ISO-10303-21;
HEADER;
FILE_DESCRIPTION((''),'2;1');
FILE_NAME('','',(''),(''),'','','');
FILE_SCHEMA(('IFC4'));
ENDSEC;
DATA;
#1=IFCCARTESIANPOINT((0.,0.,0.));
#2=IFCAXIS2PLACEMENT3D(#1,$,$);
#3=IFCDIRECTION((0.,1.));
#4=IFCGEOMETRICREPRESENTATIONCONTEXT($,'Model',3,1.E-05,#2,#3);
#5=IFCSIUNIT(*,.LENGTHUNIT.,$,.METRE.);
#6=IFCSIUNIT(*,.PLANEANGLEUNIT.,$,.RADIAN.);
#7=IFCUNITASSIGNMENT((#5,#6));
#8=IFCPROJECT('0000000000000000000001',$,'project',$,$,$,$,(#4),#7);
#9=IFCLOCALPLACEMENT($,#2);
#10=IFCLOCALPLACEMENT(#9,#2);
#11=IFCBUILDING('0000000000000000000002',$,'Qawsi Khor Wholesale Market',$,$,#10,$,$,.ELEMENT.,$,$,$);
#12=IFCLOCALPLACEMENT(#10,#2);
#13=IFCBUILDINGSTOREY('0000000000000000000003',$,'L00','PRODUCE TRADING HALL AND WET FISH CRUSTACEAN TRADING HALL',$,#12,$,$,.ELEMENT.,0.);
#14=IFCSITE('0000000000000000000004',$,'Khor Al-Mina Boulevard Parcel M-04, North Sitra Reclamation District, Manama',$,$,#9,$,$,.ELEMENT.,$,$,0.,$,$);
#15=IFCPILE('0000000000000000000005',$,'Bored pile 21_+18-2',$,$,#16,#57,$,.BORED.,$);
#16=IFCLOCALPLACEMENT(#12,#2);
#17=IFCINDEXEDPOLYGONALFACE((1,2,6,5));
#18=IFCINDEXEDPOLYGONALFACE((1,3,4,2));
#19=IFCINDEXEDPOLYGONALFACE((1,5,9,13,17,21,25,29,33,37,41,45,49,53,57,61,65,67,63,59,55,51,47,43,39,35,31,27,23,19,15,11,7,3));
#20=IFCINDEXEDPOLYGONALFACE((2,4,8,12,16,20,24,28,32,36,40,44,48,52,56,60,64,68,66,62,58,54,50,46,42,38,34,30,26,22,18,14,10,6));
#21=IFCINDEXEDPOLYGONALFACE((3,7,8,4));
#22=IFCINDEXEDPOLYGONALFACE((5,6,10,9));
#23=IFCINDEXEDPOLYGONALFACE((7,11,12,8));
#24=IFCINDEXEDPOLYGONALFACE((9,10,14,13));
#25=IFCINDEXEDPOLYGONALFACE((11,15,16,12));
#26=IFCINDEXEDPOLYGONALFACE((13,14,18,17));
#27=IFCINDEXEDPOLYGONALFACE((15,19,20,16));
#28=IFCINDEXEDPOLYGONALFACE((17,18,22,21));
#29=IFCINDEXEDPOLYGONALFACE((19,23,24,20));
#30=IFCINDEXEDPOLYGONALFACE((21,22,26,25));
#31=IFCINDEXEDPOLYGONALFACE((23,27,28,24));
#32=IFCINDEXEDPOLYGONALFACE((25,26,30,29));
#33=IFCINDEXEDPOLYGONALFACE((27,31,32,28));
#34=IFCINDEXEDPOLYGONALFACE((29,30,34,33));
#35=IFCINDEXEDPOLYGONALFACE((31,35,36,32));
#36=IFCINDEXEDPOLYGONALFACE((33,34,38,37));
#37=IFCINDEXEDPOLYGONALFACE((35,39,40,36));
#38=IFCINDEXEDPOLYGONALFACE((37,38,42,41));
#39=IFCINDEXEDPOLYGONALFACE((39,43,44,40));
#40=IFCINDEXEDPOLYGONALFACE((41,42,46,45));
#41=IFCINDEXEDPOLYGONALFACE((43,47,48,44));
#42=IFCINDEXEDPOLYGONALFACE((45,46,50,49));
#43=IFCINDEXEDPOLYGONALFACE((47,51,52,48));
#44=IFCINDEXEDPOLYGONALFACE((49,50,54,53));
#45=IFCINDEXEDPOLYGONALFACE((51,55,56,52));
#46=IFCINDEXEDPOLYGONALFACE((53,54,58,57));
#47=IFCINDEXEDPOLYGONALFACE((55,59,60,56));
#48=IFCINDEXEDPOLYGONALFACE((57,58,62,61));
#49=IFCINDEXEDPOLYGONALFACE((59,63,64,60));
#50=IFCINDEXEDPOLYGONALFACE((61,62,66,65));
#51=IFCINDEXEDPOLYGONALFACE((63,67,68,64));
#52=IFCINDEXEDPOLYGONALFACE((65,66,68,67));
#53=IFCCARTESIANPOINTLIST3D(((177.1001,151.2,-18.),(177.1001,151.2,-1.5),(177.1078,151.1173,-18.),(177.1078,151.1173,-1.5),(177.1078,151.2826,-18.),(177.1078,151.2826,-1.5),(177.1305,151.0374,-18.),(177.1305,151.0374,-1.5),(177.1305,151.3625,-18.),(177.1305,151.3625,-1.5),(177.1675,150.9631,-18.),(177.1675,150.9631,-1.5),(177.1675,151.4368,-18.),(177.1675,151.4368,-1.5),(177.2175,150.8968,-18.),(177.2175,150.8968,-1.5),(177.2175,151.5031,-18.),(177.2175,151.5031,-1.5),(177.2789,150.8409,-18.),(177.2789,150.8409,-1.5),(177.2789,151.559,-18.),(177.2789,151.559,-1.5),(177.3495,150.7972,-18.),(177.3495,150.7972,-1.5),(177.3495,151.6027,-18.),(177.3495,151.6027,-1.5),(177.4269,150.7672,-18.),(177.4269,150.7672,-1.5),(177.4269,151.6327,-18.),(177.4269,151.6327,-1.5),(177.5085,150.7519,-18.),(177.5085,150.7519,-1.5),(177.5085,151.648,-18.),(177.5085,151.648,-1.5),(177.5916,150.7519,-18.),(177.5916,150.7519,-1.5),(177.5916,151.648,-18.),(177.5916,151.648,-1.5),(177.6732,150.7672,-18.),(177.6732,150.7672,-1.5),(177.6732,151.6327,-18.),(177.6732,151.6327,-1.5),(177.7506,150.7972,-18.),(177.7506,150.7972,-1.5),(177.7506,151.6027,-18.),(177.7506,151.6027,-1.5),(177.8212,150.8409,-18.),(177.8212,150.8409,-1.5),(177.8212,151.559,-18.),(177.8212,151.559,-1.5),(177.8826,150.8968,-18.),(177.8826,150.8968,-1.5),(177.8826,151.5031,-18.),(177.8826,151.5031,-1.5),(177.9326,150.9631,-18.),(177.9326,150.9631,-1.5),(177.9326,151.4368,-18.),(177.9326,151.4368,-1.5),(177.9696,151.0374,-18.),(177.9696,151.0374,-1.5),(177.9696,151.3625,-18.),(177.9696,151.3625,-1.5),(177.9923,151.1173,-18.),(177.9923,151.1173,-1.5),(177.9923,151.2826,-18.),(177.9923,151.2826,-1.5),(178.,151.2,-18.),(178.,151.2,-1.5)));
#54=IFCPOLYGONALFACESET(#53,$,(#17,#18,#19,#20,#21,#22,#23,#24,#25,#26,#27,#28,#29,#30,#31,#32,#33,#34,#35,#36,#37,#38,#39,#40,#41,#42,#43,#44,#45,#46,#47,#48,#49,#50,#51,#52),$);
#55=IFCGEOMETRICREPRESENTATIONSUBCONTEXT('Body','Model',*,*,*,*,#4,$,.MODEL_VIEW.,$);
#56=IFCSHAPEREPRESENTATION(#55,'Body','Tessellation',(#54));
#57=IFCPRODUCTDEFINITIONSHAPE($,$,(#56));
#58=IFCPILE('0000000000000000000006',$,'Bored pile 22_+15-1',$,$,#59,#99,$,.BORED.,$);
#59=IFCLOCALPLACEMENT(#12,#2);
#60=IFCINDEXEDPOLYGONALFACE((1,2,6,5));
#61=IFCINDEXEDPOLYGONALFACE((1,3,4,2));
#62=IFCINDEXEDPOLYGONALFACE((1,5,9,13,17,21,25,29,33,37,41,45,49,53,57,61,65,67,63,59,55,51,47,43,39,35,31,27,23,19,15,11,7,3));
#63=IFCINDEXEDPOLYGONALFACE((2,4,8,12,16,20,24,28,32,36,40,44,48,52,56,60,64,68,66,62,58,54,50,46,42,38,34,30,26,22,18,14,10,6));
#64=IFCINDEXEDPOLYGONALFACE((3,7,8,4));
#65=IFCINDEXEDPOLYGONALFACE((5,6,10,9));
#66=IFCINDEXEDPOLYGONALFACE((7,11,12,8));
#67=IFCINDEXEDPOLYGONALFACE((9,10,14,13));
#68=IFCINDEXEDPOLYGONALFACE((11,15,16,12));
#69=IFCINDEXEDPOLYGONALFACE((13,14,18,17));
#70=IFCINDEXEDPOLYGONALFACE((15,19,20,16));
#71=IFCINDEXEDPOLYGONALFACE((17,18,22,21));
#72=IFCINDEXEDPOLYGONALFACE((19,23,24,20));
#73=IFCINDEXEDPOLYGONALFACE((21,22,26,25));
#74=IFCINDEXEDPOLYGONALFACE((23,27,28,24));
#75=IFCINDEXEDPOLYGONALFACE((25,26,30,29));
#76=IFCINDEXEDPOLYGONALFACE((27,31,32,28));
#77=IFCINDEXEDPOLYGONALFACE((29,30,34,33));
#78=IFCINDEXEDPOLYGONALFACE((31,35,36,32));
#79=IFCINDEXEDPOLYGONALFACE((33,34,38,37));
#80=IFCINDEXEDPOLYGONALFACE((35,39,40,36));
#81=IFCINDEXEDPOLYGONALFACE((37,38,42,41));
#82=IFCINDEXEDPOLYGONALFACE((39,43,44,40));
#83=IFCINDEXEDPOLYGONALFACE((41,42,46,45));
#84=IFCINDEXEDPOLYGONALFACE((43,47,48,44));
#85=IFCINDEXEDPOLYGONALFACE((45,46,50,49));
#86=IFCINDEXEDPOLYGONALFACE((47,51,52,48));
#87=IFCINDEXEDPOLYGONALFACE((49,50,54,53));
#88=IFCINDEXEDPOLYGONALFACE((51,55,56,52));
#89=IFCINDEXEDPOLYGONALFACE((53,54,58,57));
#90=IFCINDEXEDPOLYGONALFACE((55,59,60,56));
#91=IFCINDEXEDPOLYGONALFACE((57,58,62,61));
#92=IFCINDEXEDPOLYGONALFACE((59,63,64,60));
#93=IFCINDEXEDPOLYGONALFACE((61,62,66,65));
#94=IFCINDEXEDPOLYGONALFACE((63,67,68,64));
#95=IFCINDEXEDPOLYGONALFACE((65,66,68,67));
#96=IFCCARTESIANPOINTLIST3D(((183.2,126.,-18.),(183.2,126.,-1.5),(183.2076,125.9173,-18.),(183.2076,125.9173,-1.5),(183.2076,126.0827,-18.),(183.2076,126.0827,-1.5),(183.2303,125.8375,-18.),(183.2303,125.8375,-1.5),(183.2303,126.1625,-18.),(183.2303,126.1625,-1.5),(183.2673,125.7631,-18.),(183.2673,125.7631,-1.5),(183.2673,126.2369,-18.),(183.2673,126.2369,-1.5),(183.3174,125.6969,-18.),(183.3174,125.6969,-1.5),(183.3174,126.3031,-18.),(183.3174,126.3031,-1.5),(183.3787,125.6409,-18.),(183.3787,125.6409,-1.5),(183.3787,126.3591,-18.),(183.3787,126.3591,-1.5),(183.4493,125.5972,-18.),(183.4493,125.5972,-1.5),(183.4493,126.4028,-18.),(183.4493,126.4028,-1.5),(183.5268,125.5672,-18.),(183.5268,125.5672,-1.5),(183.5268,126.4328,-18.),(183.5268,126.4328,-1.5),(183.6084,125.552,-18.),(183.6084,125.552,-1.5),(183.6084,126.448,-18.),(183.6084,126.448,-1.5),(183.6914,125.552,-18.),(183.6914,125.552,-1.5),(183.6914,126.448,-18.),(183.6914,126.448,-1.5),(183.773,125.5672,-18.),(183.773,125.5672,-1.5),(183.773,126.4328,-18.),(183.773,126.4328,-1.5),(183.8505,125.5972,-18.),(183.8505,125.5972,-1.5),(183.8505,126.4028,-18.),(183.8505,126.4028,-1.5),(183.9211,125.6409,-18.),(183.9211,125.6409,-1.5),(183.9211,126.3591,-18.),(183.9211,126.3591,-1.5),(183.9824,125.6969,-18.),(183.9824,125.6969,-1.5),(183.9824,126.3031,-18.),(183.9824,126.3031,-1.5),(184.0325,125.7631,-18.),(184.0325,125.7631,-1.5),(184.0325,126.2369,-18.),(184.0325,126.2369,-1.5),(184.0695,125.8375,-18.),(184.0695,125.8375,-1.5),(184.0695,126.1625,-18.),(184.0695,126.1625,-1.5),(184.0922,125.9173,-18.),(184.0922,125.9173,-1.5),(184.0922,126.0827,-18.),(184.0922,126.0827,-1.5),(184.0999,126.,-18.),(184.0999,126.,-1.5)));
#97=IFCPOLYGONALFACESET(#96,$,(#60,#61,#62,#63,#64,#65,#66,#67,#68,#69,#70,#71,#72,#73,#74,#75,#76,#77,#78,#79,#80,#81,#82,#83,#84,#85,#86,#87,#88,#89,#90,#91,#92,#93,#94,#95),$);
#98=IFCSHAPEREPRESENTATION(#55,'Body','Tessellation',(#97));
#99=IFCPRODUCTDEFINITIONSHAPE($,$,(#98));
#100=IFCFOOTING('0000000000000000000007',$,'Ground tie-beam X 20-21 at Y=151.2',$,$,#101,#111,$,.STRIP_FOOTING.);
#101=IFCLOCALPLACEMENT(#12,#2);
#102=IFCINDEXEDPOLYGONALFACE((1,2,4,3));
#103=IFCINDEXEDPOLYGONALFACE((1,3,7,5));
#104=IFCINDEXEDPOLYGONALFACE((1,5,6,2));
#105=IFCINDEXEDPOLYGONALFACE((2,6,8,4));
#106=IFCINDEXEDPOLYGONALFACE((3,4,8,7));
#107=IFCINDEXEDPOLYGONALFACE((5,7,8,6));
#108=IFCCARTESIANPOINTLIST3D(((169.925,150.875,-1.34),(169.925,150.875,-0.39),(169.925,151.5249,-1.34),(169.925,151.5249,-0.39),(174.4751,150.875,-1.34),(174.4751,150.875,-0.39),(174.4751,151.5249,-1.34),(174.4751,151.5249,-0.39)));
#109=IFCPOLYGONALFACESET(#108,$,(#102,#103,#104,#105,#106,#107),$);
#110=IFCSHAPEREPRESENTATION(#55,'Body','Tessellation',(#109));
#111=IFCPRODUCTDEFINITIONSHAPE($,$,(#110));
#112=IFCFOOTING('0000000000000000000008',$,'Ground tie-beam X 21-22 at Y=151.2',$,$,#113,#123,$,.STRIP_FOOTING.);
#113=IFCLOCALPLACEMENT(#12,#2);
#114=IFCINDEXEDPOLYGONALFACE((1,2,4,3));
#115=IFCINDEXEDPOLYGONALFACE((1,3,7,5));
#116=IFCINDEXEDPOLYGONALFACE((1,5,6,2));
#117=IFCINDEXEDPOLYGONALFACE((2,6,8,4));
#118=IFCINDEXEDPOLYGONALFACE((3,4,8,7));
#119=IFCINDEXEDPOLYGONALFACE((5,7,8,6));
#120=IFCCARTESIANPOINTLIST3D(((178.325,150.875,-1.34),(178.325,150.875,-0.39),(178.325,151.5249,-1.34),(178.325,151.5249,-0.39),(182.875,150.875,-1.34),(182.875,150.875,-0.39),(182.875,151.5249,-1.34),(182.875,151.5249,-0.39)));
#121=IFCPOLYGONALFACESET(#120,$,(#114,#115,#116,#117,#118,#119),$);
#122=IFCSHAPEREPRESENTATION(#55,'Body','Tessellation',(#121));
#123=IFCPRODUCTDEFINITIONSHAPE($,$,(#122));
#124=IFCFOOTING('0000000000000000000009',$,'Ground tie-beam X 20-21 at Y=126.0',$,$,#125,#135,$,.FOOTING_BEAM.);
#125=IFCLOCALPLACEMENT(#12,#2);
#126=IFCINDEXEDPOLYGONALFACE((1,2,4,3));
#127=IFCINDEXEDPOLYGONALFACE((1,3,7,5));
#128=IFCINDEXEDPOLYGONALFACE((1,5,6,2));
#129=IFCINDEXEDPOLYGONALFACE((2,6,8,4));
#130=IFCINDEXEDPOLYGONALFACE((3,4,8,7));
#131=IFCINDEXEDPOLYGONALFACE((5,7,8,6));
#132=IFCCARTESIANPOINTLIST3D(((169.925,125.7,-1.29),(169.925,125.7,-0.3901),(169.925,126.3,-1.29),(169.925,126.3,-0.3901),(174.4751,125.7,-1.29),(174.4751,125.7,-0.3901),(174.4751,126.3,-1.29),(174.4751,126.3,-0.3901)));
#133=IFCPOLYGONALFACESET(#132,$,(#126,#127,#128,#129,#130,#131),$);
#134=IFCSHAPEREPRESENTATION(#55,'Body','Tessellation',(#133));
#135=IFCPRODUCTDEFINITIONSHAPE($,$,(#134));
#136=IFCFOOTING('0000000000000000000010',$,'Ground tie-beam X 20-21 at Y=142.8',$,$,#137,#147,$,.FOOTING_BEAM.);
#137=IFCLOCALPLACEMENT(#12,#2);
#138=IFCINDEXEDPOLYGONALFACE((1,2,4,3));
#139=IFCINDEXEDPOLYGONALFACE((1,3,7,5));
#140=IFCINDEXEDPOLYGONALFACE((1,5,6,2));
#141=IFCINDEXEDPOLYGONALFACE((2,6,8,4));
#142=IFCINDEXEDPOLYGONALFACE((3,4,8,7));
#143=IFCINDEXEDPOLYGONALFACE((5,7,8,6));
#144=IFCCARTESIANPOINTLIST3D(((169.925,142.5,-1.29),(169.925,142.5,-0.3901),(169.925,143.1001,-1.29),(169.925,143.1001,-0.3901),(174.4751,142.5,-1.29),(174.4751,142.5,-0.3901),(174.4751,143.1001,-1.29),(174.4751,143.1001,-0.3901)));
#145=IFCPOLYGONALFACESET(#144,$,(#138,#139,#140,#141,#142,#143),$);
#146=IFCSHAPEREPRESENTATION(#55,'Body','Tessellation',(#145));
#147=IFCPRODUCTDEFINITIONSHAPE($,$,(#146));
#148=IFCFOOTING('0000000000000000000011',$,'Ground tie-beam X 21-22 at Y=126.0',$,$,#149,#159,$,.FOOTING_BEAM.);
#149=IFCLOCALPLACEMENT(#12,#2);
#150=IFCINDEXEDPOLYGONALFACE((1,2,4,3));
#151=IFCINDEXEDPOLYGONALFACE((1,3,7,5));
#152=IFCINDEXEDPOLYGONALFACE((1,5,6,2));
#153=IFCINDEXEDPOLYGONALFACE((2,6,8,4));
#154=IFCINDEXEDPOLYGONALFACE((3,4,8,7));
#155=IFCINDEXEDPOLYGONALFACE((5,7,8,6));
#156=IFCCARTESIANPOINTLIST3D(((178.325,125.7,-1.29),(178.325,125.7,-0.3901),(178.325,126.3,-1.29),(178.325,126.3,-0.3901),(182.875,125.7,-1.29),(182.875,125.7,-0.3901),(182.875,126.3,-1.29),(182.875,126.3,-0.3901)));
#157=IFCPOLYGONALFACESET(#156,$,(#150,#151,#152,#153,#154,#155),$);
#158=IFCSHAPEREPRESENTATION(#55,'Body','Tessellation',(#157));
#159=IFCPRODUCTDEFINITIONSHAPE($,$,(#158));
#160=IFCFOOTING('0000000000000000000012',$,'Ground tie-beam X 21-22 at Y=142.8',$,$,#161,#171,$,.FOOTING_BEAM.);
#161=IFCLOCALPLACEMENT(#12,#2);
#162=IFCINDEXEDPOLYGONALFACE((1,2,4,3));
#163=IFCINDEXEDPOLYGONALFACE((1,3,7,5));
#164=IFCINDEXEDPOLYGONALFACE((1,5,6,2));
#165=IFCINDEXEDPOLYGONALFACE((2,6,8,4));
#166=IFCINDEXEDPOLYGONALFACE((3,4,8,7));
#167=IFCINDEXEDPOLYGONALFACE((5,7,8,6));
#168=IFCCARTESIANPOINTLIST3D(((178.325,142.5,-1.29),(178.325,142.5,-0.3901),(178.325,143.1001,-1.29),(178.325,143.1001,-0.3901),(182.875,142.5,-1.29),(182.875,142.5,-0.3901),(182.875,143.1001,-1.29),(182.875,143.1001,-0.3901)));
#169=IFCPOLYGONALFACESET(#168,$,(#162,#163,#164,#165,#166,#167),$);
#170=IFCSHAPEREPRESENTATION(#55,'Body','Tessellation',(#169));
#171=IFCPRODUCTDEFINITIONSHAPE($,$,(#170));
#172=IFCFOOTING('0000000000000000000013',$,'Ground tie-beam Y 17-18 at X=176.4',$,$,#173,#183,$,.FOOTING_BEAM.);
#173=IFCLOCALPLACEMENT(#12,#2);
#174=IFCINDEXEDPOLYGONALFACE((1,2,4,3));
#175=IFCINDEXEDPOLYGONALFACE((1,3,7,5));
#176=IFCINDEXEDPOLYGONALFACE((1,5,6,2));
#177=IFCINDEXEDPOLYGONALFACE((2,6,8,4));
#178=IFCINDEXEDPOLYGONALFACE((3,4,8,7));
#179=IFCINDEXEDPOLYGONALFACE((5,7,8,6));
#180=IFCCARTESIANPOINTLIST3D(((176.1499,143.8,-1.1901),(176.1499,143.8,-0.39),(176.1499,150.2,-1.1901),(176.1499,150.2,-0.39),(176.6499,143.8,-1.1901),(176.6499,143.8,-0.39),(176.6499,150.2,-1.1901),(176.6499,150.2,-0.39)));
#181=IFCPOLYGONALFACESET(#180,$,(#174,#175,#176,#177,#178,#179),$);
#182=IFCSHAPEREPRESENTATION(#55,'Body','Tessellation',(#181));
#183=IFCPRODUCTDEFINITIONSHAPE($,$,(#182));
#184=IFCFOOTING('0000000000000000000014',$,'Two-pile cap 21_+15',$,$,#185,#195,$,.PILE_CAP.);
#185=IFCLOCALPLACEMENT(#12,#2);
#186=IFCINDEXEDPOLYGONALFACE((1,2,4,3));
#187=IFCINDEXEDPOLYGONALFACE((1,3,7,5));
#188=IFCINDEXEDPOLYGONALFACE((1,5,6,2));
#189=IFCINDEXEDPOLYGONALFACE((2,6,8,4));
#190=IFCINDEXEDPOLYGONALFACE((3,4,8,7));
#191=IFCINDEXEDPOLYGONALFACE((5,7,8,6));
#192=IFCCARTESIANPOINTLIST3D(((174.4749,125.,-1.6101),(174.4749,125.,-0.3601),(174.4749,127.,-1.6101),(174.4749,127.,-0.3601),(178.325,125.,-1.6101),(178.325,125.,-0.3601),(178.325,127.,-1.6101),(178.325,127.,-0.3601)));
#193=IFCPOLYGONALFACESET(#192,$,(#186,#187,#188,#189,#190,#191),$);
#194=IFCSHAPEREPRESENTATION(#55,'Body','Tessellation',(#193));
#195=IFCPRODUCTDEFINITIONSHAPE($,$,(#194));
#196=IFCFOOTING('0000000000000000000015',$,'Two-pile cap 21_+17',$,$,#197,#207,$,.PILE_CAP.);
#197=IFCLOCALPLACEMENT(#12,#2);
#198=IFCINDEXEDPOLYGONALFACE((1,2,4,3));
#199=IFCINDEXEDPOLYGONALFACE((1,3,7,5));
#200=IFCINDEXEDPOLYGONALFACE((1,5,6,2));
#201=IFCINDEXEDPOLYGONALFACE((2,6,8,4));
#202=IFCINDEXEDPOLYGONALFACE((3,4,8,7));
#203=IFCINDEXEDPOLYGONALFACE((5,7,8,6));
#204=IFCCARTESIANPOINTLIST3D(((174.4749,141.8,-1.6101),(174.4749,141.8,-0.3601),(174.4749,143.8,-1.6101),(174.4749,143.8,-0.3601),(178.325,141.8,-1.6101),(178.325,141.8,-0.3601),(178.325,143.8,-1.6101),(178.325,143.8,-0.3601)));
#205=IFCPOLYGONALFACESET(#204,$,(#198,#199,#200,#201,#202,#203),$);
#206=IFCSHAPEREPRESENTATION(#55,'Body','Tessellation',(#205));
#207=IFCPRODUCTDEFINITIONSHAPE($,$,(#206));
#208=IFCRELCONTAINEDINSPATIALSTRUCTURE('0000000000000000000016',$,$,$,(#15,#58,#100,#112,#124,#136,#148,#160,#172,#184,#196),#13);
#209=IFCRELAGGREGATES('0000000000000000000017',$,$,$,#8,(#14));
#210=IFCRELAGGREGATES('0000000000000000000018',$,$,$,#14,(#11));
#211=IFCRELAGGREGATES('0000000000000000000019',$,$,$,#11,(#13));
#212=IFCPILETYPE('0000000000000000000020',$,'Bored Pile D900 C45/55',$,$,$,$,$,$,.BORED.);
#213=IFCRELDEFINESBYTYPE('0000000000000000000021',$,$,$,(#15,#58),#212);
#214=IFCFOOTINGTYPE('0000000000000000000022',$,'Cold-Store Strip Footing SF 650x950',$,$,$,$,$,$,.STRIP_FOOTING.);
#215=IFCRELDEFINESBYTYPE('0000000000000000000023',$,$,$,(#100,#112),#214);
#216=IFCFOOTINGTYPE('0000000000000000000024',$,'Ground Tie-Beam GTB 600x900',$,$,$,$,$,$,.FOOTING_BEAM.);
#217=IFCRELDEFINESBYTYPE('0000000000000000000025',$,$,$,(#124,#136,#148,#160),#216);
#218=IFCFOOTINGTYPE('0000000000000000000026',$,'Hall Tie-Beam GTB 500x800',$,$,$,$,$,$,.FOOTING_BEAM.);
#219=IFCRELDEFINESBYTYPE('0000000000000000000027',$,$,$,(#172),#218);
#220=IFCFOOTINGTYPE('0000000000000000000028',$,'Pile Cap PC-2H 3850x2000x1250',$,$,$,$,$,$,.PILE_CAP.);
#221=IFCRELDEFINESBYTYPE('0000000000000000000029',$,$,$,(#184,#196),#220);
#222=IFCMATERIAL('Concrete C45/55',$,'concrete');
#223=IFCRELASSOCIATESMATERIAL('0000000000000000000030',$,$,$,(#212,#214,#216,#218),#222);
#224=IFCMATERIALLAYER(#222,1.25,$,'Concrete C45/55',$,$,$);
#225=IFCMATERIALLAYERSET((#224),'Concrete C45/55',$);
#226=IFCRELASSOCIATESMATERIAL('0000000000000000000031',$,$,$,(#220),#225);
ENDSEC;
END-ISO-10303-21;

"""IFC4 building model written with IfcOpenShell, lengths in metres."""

from ifc_helpers import new_model, si_unit, direction, frame, origin, origin_2d, place, context, subcontext, project, spatial, rectangle, circle, extrude, material, layer, layer_set, material_profile, profile_set, type_object, element, save


model = new_model("IFC4")

# Units and contexts
model_context = context("Model", 3, precision=1e-05, world=origin(), true_north=direction((0.0, 1.0)))
body_context = subcontext(model_context, "Body", "Model", "MODEL_VIEW")
ifc_project = project(units=[si_unit("LENGTHUNIT", "METRE"), si_unit("PLANEANGLEUNIT", "RADIAN")], contexts=[model_context])

# Site, building, storey
site_placement = place(None, origin())
site = spatial("IfcSite", under=ifc_project, at=site_placement, Name="Khor Al-Mina Boulevard Parcel M-04, North Sitra Reclamation District, Manama", CompositionType="ELEMENT", RefElevation=0.0)
building_placement = place(site_placement, origin())
building = spatial("IfcBuilding", under=site, at=building_placement, Name="Qawsi Khor Wholesale Market", CompositionType="ELEMENT")
storey_placement = place(building_placement, origin())
storey = spatial("IfcBuildingStorey", under=building, at=storey_placement, Name="L00", Description="PRODUCE TRADING HALL AND WET FISH CRUSTACEAN TRADING HALL", CompositionType="ELEMENT", Elevation=0.0)

# Piles
ifc_material_1 = material(Name="Concrete C45/55", Category="concrete")
ifc_material_profile_1 = material_profile(ifc_material_1, circle(Radius=0.45, at=origin_2d()), Name="PILE D900")
ifc_profile_set_1 = profile_set([ifc_material_profile_1], Name="Concrete C45/55")
pile_type = type_object("IfcPileType", Name="Bored Pile D900 C45/55", PredefinedType="BORED", material=ifc_profile_set_1)
for number, where, z_axis, x_axis, name in (
    (1, (177.55, 151.2, -1.5), (0.0, 0.0, -1.0), (1.0, 0.0, 0.0), "Bored pile 21_+18-2"),
    (2, (183.6499, 126.0, -1.5), (0.0, 0.0, -1.0), (1.0, 0.0, 0.0), "Bored pile 22_+15-1"),
):
    element("IfcPile", number, at=place(storey_placement, frame(where, z_axis=z_axis, x_axis=x_axis)), inside=storey, type_object=pile_type, Name=name, PredefinedType="BORED", context=body_context, shape_type="SweptSolid", body=[
        extrude(circle(Radius=0.45, at=origin_2d()), origin(), (0.0, 0.0, 1.0), 16.5),
    ])

# Footings
ifc_material_profile_2 = material_profile(ifc_material_1, rectangle(XDim=0.6499, YDim=0.95, at=origin_2d()), Name="RC 650x950")
ifc_profile_set_2 = profile_set([ifc_material_profile_2], Name="Concrete C45/55")
footing_type_1 = type_object("IfcFootingType", Name="Cold-Store Strip Footing SF 650x950", PredefinedType="STRIP_FOOTING", material=ifc_profile_set_2)
for number, where, z_axis, x_axis, name in (
    (3, (169.925, 151.2, -0.865), (1.0, 0.0, 0.0), (0.0, 1.0, 0.0), "Ground tie-beam X 20-21 at Y=151.2"),
    (4, (178.325, 151.2, -0.865), (1.0, 0.0, 0.0), (0.0, 1.0, 0.0), "Ground tie-beam X 21-22 at Y=151.2"),
):
    element("IfcFooting", number, at=place(storey_placement, frame(where, z_axis=z_axis, x_axis=x_axis)), inside=storey, type_object=footing_type_1, Name=name, PredefinedType="STRIP_FOOTING", context=body_context, shape_type="SweptSolid", body=[
        extrude(rectangle(XDim=0.6499, YDim=0.95, at=origin_2d()), origin(), (0.0, 0.0, 1.0), 4.55),
    ])
ifc_material_profile_3 = material_profile(ifc_material_1, rectangle(XDim=0.6001, YDim=0.8999, at=origin_2d()), Name="RC 600x900")
ifc_profile_set_3 = profile_set([ifc_material_profile_3], Name="Concrete C45/55")
footing_type_2 = type_object("IfcFootingType", Name="Ground Tie-Beam GTB 600x900", PredefinedType="FOOTING_BEAM", material=ifc_profile_set_3)
for number, where, z_axis, x_axis, name in (
    (5, (169.925, 126.0, -0.8401), (1.0, 0.0, 0.0), (0.0, 1.0, 0.0), "Ground tie-beam X 20-21 at Y=126.0"),
    (6, (169.925, 142.8, -0.8401), (1.0, 0.0, 0.0), (0.0, 1.0, 0.0), "Ground tie-beam X 20-21 at Y=142.8"),
    (7, (178.325, 126.0, -0.8401), (1.0, 0.0, 0.0), (0.0, 1.0, 0.0), "Ground tie-beam X 21-22 at Y=126.0"),
    (8, (178.325, 142.8, -0.8401), (1.0, 0.0, 0.0), (0.0, 1.0, 0.0), "Ground tie-beam X 21-22 at Y=142.8"),
):
    element("IfcFooting", number, at=place(storey_placement, frame(where, z_axis=z_axis, x_axis=x_axis)), inside=storey, type_object=footing_type_2, Name=name, PredefinedType="FOOTING_BEAM", context=body_context, shape_type="SweptSolid", body=[
        extrude(rectangle(XDim=0.6001, YDim=0.8999, at=origin_2d()), origin(), (0.0, 0.0, 1.0), 4.55),
    ])
ifc_material_profile_4 = material_profile(ifc_material_1, rectangle(XDim=0.5, YDim=0.8, at=origin_2d()), Name="RC 500x800")
ifc_profile_set_4 = profile_set([ifc_material_profile_4], Name="Concrete C45/55")
footing_type_3 = type_object("IfcFootingType", Name="Hall Tie-Beam GTB 500x800", PredefinedType="FOOTING_BEAM", material=ifc_profile_set_4)
footing_placement = place(storey_placement, frame((176.3999, 143.8, -0.79), z_axis=(0.0, 1.0, 0.0), x_axis=(-1.0, 0.0, 0.0)))
element("IfcFooting", 9, at=footing_placement, inside=storey, type_object=footing_type_3, Name="Ground tie-beam Y 17-18 at X=176.4", PredefinedType="FOOTING_BEAM", context=body_context, shape_type="SweptSolid", body=[
    extrude(rectangle(XDim=0.5, YDim=0.8, at=origin_2d()), origin(), (0.0, 0.0, 1.0), 6.3999),
])
ifc_layer_1 = layer(ifc_material_1, 1.25, Name="Concrete C45/55")
ifc_layer_set_1 = layer_set([ifc_layer_1], Name="Concrete C45/55")
footing_type_4 = type_object("IfcFootingType", Name="Pile Cap PC-2H 3850x2000x1250", PredefinedType="PILE_CAP", material=ifc_layer_set_1)
for number, where, z_axis, x_axis, name in (
    (10, (176.3999, 126.0, -1.6101), (0.0, 0.0, 1.0), (1.0, 0.0, 0.0), "Two-pile cap 21_+15"),
    (11, (176.3999, 142.8, -1.6101), (0.0, 0.0, 1.0), (1.0, 0.0, 0.0), "Two-pile cap 21_+17"),
):
    element("IfcFooting", number, at=place(storey_placement, frame(where, z_axis=z_axis, x_axis=x_axis)), inside=storey, type_object=footing_type_4, Name=name, PredefinedType="PILE_CAP", context=body_context, shape_type="SweptSolid", body=[
        extrude(rectangle(XDim=3.8501, YDim=2.0, at=origin_2d()), origin(), (0.0, 0.0, 1.0), 1.25),
    ])

save(model, "model.ifc")
